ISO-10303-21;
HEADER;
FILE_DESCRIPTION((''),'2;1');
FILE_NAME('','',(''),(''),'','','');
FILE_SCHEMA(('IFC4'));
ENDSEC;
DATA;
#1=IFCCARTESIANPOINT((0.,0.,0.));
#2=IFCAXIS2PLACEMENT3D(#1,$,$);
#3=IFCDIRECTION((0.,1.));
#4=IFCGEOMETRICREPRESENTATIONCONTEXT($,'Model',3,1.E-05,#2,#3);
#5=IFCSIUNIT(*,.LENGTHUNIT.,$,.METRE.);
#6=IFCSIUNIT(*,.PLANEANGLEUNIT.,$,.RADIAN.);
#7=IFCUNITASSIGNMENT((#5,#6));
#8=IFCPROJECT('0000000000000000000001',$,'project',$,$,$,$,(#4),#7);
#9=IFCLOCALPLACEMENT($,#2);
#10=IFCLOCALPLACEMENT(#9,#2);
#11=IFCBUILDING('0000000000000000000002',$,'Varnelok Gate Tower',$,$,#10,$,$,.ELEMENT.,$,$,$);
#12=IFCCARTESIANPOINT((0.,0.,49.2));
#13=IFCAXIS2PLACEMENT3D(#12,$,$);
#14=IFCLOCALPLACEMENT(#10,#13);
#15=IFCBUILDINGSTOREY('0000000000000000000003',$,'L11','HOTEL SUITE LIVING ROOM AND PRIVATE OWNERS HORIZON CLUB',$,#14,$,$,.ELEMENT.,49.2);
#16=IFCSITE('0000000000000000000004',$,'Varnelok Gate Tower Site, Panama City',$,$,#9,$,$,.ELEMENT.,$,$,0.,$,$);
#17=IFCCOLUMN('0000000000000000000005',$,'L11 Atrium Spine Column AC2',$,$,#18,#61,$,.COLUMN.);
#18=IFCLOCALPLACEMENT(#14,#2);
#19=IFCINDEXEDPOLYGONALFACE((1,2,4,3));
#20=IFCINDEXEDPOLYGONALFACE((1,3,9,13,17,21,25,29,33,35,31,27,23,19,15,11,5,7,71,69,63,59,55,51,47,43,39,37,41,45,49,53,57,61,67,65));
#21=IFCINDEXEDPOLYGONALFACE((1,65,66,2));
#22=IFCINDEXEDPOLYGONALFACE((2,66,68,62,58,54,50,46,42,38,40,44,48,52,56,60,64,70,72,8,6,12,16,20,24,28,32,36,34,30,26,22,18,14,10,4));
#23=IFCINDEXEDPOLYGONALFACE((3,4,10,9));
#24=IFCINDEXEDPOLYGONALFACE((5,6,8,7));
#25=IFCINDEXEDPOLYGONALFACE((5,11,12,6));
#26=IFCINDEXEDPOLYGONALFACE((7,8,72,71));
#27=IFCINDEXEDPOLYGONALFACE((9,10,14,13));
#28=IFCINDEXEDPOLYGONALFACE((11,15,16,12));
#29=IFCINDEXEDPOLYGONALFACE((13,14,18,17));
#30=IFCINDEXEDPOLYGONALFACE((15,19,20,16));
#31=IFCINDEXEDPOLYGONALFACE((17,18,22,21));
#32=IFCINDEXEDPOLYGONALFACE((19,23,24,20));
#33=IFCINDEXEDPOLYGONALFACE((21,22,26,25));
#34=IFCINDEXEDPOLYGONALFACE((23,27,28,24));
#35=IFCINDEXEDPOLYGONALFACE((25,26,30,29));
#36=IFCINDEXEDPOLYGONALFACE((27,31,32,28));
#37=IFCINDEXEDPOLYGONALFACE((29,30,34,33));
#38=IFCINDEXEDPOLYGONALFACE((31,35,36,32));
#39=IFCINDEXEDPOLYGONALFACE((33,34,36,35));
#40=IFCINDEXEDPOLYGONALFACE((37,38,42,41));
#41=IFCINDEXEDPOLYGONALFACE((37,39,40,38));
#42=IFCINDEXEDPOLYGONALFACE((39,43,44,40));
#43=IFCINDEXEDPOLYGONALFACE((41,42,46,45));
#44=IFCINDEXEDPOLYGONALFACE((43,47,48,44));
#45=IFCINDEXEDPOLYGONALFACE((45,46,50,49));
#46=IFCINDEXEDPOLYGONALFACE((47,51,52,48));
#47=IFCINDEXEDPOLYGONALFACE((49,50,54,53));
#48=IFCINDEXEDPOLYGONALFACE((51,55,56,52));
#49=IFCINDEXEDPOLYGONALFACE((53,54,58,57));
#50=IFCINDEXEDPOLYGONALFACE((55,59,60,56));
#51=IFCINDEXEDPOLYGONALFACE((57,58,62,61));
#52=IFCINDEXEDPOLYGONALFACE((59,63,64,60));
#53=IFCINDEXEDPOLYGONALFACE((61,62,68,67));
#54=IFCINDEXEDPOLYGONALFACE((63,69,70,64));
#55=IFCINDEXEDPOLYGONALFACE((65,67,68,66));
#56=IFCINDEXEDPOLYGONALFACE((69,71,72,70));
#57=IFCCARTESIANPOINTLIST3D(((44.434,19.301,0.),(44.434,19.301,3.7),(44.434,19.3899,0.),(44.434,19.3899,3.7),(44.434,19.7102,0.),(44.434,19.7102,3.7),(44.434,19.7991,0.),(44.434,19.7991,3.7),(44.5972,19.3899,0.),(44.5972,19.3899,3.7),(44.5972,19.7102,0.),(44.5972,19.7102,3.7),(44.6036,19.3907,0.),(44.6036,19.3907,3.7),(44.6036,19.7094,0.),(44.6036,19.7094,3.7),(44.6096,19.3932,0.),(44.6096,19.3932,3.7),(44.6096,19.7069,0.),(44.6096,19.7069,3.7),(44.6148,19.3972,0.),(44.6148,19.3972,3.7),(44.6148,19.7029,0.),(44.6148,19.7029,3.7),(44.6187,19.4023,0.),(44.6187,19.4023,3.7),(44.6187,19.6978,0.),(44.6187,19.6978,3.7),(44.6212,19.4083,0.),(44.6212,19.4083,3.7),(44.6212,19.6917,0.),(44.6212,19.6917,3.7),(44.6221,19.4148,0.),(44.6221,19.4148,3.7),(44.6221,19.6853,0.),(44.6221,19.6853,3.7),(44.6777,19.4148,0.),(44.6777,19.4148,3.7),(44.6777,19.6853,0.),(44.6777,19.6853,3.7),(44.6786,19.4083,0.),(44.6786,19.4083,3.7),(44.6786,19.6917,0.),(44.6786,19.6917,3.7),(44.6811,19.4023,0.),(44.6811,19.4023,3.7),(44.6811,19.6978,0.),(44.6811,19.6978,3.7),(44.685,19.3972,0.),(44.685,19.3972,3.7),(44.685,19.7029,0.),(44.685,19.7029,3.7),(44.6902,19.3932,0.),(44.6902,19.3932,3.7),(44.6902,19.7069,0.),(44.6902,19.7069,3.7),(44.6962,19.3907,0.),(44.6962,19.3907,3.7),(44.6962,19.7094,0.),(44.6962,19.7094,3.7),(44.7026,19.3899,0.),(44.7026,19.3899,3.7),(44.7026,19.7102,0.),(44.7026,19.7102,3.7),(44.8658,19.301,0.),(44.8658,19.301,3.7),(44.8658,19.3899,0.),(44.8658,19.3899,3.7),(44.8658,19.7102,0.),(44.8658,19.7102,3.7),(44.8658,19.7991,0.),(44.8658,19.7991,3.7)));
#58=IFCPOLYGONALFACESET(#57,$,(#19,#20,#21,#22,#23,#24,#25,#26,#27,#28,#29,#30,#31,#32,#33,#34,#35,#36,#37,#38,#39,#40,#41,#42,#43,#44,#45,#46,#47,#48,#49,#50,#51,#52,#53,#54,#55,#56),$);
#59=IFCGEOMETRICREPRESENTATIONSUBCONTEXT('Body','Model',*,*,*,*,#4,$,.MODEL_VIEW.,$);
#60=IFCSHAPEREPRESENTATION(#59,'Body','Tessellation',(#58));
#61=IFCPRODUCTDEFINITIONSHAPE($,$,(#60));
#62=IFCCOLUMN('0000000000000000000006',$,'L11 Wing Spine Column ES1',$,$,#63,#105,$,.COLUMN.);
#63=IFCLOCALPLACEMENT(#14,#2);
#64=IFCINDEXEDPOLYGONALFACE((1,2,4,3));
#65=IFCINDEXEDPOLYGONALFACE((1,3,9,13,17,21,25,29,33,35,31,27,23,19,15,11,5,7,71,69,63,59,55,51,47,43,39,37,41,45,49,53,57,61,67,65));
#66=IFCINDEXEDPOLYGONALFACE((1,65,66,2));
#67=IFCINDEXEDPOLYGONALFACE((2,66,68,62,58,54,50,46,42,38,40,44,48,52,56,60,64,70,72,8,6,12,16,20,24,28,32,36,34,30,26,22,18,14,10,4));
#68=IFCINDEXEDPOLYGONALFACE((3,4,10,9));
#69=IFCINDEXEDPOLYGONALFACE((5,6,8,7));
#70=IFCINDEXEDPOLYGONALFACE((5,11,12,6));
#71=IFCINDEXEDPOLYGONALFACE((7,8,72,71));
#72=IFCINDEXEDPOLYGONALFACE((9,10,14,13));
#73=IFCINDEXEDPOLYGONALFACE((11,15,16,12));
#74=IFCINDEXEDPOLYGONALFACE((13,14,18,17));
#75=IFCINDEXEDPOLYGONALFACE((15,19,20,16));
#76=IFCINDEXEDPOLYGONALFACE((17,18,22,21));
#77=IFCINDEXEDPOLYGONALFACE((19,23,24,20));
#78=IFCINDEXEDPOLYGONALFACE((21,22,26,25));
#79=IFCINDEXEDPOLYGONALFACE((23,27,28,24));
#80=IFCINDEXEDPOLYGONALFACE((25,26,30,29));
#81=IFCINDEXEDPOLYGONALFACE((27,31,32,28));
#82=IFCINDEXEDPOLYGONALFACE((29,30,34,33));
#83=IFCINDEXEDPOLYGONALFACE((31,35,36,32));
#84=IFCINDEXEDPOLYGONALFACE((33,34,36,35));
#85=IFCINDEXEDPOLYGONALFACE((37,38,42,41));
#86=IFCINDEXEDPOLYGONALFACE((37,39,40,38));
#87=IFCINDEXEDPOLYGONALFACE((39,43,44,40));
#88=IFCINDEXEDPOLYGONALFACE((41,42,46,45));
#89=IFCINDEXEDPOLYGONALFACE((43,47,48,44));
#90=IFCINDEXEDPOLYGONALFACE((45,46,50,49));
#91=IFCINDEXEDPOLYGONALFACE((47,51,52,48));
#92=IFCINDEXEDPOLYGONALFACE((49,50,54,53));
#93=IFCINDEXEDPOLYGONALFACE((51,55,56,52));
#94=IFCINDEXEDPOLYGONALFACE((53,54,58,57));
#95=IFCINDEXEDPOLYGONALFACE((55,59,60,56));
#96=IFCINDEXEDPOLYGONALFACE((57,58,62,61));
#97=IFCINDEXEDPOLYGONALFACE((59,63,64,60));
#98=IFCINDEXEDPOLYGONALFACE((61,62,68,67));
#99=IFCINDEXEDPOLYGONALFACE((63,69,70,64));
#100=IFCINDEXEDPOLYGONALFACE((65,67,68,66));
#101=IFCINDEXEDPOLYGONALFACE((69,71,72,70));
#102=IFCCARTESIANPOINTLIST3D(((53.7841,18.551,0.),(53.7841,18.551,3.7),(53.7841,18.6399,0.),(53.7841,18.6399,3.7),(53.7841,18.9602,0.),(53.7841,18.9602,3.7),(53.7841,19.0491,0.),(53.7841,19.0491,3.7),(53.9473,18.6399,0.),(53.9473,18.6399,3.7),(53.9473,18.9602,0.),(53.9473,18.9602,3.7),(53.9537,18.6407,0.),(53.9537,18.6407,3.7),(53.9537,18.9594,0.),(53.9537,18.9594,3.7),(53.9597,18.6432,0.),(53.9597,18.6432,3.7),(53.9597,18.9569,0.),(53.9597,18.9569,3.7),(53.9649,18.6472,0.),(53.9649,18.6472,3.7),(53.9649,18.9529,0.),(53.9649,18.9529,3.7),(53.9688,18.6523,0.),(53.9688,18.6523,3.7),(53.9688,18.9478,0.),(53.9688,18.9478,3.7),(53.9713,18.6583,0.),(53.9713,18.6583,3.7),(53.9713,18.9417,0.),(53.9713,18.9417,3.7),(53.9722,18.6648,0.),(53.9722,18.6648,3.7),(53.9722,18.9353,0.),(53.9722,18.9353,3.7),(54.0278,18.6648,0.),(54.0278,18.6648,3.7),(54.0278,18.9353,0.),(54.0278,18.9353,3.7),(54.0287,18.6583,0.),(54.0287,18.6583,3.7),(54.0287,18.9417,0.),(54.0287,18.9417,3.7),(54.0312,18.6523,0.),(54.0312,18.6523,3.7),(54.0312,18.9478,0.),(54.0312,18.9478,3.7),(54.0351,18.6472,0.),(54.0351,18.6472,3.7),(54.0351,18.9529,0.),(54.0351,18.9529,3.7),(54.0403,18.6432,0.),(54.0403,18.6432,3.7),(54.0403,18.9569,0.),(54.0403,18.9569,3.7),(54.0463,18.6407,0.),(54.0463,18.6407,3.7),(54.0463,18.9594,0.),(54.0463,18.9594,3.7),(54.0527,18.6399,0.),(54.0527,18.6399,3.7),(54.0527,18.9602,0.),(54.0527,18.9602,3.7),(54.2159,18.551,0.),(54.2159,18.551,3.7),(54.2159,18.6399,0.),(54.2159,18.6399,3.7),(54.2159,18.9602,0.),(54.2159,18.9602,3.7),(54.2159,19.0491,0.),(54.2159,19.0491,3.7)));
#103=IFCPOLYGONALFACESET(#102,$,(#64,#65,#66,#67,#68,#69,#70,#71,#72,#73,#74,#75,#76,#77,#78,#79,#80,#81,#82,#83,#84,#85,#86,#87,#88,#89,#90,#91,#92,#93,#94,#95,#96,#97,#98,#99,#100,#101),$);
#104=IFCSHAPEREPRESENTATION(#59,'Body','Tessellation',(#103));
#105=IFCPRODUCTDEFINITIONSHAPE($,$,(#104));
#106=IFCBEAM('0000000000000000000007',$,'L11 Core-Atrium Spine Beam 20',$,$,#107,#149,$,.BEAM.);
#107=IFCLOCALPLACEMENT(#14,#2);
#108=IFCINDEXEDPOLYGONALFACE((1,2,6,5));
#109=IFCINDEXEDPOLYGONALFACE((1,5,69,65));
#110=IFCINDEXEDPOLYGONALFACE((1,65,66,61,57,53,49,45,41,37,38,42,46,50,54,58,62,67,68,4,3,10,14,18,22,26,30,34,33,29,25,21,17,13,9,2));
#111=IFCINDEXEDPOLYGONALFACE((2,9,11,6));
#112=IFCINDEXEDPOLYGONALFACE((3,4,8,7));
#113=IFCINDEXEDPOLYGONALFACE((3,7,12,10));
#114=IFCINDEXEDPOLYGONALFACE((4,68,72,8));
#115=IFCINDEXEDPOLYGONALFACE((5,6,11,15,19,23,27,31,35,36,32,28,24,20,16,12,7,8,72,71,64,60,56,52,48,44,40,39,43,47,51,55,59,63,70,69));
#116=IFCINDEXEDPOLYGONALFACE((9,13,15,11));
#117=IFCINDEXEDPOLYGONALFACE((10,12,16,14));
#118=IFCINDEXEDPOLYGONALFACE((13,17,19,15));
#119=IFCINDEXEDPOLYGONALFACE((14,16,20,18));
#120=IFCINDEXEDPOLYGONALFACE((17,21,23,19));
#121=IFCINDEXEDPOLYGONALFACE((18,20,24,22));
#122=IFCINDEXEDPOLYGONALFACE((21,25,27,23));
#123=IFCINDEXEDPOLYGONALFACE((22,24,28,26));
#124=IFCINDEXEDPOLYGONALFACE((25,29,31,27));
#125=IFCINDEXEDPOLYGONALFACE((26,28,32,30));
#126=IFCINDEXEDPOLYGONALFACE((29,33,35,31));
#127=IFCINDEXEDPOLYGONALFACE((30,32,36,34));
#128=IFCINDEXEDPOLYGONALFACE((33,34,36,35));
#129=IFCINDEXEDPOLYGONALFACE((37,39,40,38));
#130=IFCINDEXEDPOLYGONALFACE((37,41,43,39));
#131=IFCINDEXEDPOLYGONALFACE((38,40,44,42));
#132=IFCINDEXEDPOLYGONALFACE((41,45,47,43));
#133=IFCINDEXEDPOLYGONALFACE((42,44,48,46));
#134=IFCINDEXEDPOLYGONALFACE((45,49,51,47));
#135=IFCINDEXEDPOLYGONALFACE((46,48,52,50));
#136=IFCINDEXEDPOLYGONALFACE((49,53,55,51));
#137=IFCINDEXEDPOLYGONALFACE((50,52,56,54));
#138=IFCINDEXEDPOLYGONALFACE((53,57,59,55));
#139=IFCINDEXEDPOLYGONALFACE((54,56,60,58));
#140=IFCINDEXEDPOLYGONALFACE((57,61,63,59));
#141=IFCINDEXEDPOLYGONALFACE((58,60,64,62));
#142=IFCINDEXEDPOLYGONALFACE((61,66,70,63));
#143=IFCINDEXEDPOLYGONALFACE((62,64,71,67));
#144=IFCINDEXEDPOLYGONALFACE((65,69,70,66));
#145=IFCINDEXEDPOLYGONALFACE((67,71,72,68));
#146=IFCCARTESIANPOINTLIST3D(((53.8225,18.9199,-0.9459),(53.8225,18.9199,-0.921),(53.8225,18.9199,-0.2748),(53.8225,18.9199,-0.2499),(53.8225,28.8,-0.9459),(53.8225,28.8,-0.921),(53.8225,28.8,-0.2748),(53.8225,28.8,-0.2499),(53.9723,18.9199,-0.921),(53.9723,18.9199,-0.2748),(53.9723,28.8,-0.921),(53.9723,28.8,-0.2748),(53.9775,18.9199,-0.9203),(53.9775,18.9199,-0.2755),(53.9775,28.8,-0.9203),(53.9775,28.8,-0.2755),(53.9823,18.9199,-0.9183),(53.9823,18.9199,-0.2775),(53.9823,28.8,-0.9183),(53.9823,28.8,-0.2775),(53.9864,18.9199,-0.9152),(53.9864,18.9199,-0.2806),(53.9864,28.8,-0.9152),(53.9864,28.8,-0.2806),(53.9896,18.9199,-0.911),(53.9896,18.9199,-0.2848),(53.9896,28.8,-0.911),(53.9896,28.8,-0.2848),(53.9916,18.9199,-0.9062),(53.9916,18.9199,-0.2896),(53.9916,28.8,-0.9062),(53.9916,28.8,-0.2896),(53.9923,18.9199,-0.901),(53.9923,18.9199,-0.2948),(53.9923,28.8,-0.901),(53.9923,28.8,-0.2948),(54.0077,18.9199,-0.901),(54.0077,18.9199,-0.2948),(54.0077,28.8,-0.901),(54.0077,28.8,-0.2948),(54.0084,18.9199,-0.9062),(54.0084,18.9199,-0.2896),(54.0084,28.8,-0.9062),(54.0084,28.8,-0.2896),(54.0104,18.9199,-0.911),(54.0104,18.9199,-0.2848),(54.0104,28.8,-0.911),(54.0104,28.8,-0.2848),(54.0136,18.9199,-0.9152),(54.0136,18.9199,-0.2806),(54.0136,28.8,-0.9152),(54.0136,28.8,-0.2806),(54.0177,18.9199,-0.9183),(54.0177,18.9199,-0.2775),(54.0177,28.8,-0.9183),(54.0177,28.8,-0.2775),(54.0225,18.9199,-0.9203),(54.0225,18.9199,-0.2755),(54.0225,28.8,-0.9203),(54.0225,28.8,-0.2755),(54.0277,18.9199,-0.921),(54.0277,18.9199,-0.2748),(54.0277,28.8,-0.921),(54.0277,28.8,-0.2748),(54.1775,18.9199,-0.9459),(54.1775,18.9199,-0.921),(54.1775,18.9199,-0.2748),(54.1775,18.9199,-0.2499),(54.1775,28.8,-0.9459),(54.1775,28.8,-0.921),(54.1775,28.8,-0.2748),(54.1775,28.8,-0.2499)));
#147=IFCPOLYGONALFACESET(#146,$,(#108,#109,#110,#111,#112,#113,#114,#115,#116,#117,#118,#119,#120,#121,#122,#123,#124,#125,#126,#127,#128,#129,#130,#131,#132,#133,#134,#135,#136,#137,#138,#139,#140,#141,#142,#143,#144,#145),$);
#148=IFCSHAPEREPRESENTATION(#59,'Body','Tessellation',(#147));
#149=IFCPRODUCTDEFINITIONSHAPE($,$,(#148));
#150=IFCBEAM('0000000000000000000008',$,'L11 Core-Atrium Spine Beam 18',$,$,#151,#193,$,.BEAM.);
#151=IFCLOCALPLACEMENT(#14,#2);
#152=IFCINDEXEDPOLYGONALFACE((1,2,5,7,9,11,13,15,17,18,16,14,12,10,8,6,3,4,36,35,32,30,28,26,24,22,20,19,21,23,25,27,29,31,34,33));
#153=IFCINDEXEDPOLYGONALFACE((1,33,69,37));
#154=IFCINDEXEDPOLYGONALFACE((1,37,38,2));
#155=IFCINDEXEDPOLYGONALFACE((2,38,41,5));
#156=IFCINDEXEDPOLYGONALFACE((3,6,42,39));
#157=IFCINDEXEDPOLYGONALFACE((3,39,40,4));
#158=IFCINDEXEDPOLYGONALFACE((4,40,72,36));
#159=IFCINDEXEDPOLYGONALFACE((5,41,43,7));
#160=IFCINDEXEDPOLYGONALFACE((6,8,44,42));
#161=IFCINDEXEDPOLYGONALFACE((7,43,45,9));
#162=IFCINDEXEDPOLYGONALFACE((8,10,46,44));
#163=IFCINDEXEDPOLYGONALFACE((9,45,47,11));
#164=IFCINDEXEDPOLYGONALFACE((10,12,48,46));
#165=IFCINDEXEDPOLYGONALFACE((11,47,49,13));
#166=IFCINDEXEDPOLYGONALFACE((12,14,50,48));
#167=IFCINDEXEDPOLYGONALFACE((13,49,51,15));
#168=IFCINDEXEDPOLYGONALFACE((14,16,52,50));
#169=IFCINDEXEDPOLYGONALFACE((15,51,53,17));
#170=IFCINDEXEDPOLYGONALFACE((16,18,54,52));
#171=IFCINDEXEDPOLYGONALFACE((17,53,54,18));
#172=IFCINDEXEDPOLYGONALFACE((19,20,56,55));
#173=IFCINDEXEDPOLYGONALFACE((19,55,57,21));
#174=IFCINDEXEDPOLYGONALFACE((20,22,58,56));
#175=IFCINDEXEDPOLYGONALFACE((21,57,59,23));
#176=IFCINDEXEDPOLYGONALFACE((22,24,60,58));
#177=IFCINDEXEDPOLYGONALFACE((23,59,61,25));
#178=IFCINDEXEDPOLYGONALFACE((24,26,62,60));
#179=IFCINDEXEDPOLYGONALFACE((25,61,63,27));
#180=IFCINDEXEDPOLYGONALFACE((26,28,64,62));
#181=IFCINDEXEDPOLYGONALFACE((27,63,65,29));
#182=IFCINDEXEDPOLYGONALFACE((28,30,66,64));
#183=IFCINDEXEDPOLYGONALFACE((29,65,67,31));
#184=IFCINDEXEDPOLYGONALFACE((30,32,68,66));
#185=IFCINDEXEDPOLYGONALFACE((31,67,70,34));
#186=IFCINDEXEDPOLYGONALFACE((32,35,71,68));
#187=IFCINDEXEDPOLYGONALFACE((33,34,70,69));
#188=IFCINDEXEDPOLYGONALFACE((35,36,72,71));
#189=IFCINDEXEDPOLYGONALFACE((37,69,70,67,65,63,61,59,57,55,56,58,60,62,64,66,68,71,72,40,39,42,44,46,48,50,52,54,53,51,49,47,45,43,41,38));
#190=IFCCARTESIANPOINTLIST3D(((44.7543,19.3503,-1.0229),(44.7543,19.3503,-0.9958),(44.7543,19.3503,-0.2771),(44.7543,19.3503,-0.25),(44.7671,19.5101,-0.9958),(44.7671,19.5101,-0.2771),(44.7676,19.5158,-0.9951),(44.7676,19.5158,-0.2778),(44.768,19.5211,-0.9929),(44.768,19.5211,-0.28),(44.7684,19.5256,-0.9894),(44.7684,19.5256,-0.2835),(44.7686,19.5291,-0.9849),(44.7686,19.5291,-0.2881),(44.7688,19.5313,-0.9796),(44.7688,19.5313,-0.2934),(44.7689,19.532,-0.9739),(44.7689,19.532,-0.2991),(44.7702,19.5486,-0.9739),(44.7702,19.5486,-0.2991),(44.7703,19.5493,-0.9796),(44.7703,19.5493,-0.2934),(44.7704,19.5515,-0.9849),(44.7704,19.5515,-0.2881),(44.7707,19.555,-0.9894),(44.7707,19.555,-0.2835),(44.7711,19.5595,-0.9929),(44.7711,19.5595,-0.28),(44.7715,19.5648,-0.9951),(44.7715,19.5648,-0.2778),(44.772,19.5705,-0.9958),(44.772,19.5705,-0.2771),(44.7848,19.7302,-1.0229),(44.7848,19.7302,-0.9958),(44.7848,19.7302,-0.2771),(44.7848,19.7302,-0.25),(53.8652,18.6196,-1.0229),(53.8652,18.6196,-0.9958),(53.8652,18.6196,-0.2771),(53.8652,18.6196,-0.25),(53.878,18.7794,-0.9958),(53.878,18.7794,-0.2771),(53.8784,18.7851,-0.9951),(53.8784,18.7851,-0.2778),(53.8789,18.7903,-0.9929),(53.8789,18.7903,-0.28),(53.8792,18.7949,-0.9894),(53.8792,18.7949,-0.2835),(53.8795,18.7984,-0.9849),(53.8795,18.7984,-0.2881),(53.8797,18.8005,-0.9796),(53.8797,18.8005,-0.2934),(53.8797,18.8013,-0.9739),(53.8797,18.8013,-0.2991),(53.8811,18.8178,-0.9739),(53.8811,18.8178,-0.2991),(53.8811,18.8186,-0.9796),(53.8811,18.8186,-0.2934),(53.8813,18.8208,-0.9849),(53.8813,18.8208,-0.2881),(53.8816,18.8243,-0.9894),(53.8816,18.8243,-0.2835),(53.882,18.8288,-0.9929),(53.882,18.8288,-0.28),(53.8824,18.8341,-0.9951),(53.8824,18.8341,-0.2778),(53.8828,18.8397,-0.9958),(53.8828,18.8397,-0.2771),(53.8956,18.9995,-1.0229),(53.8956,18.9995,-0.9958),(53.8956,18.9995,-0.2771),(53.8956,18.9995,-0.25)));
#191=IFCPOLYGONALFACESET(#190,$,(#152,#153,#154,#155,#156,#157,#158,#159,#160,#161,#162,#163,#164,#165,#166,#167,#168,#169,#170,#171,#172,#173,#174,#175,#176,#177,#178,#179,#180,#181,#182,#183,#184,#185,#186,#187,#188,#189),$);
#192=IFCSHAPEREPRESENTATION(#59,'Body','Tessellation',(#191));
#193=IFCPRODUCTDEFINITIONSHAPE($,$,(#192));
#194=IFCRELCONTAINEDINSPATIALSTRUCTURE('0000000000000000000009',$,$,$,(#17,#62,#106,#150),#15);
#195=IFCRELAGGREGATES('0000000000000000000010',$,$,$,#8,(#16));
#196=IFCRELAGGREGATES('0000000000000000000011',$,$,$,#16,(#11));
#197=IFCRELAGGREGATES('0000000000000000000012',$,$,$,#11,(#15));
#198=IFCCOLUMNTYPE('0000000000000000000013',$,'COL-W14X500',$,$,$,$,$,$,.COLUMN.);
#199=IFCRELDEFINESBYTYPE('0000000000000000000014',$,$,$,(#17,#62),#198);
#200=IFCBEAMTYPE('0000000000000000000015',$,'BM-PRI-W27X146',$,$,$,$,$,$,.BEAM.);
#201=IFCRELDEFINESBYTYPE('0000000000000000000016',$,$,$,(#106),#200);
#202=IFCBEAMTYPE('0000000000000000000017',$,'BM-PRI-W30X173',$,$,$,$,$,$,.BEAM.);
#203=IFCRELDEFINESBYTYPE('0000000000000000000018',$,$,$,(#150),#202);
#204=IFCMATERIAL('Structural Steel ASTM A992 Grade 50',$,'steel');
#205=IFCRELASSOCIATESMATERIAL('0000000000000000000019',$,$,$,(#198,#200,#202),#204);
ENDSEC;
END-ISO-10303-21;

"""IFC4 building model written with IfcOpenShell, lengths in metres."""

from ifc_helpers import new_model, si_unit, direction, frame, origin, origin_2d, place, context, subcontext, project, spatial, i_section, extrude, material, material_profile, profile_set, type_object, element, save


model = new_model("IFC4")

# Units and contexts
model_context = context("Model", 3, precision=1e-05, world=origin(), true_north=direction((0.0, 1.0)))
body_context = subcontext(model_context, "Body", "Model", "MODEL_VIEW")
ifc_project = project(units=[si_unit("LENGTHUNIT", "METRE"), si_unit("PLANEANGLEUNIT", "RADIAN")], contexts=[model_context])

# Site, building, storey
site_placement = place(None, origin())
site = spatial("IfcSite", under=ifc_project, at=site_placement, Name="Varnelok Gate Tower Site, Panama City", CompositionType="ELEMENT", RefElevation=0.0)
building_placement = place(site_placement, origin())
building = spatial("IfcBuilding", under=site, at=building_placement, Name="Varnelok Gate Tower", CompositionType="ELEMENT")
storey_placement = place(building_placement, frame((0.0, 0.0, 49.2)))
storey = spatial("IfcBuildingStorey", under=building, at=storey_placement, Name="L11", Description="HOTEL SUITE LIVING ROOM AND PRIVATE OWNERS HORIZON CLUB", CompositionType="ELEMENT", Elevation=49.2)

# Columns
ifc_material_1 = material(Name="Structural Steel ASTM A992 Grade 50", Category="steel")
ifc_material_profile_1 = material_profile(ifc_material_1, i_section(OverallWidth=0.4319, OverallDepth=0.498, WebThickness=0.0557, FlangeThickness=0.0889, FilletRadius=0.0249, at=origin_2d()), Name="W14X500")
ifc_profile_set_1 = profile_set([ifc_material_profile_1], Name="Structural Steel ASTM A992 Grade 50")
column_type = type_object("IfcColumnType", Name="COL-W14X500", PredefinedType="COLUMN", material=ifc_profile_set_1)
for number, where, z_axis, x_axis, name in (
    (1, (44.6499, 19.55, 0.0), (0.0, 0.0, 1.0), (1.0, 0.0, 0.0), "L11 Atrium Spine Column AC2"),
    (2, (54.0, 18.8, 0.0), (0.0, 0.0, 1.0), (1.0, 0.0, 0.0), "L11 Wing Spine Column ES1"),
):
    element("IfcColumn", number, at=place(storey_placement, frame(where, z_axis=z_axis, x_axis=x_axis)), inside=storey, type_object=column_type, Name=name, PredefinedType="COLUMN", context=body_context, shape_type="SweptSolid", body=[
        extrude(i_section(OverallWidth=0.4319, OverallDepth=0.498, WebThickness=0.0557, FlangeThickness=0.0889, FilletRadius=0.0249, at=origin_2d()), origin(), (0.0, 0.0, 1.0), 3.7),
    ])

# Beams
ifc_material_profile_2 = material_profile(ifc_material_1, i_section(OverallWidth=0.355, OverallDepth=0.696, WebThickness=0.0154, FlangeThickness=0.0249, FilletRadius=0.02, at=origin_2d()), Name="W27X146")
ifc_profile_set_2 = profile_set([ifc_material_profile_2], Name="Structural Steel ASTM A992 Grade 50")
beam_type_1 = type_object("IfcBeamType", Name="BM-PRI-W27X146", PredefinedType="BEAM", material=ifc_profile_set_2)
beam_1_placement = place(storey_placement, frame((54.0, 18.9199, -0.5979), z_axis=(0.0, 1.0, 0.0), x_axis=(-1.0, 0.0, 0.0)))
element("IfcBeam", 3, at=beam_1_placement, inside=storey, type_object=beam_type_1, Name="L11 Core-Atrium Spine Beam 20", PredefinedType="BEAM", context=body_context, shape_type="SweptSolid", body=[
    extrude(i_section(OverallWidth=0.355, OverallDepth=0.696, WebThickness=0.0154, FlangeThickness=0.0249, FilletRadius=0.02, at=origin_2d()), origin(), (0.0, 0.0, 1.0), 9.8801),
])
ifc_material_profile_3 = material_profile(ifc_material_1, i_section(OverallWidth=0.3811, OverallDepth=0.7729, WebThickness=0.0166, FlangeThickness=0.0271, FilletRadius=0.022, at=origin_2d()), Name="W30X173")
ifc_profile_set_3 = profile_set([ifc_material_profile_3], Name="Structural Steel ASTM A992 Grade 50")
beam_type_2 = type_object("IfcBeamType", Name="BM-PRI-W30X173", PredefinedType="BEAM", material=ifc_profile_set_3)
beam_2_placement = place(storey_placement, frame((44.7695, 19.5403, -0.6365), z_axis=(0.996799, -0.079946, 0.0), x_axis=(0.079946, 0.996799, 0.0)))
element("IfcBeam", 4, at=beam_2_placement, inside=storey, type_object=beam_type_2, Name="L11 Core-Atrium Spine Beam 18", PredefinedType="BEAM", context=body_context, shape_type="SweptSolid", body=[
    extrude(i_section(OverallWidth=0.3811, OverallDepth=0.7729, WebThickness=0.0166, FlangeThickness=0.0271, FilletRadius=0.022, at=origin_2d()), origin(), (0.0, 0.0, 1.0), 9.1401),
])

save(model, "model.ifc")
